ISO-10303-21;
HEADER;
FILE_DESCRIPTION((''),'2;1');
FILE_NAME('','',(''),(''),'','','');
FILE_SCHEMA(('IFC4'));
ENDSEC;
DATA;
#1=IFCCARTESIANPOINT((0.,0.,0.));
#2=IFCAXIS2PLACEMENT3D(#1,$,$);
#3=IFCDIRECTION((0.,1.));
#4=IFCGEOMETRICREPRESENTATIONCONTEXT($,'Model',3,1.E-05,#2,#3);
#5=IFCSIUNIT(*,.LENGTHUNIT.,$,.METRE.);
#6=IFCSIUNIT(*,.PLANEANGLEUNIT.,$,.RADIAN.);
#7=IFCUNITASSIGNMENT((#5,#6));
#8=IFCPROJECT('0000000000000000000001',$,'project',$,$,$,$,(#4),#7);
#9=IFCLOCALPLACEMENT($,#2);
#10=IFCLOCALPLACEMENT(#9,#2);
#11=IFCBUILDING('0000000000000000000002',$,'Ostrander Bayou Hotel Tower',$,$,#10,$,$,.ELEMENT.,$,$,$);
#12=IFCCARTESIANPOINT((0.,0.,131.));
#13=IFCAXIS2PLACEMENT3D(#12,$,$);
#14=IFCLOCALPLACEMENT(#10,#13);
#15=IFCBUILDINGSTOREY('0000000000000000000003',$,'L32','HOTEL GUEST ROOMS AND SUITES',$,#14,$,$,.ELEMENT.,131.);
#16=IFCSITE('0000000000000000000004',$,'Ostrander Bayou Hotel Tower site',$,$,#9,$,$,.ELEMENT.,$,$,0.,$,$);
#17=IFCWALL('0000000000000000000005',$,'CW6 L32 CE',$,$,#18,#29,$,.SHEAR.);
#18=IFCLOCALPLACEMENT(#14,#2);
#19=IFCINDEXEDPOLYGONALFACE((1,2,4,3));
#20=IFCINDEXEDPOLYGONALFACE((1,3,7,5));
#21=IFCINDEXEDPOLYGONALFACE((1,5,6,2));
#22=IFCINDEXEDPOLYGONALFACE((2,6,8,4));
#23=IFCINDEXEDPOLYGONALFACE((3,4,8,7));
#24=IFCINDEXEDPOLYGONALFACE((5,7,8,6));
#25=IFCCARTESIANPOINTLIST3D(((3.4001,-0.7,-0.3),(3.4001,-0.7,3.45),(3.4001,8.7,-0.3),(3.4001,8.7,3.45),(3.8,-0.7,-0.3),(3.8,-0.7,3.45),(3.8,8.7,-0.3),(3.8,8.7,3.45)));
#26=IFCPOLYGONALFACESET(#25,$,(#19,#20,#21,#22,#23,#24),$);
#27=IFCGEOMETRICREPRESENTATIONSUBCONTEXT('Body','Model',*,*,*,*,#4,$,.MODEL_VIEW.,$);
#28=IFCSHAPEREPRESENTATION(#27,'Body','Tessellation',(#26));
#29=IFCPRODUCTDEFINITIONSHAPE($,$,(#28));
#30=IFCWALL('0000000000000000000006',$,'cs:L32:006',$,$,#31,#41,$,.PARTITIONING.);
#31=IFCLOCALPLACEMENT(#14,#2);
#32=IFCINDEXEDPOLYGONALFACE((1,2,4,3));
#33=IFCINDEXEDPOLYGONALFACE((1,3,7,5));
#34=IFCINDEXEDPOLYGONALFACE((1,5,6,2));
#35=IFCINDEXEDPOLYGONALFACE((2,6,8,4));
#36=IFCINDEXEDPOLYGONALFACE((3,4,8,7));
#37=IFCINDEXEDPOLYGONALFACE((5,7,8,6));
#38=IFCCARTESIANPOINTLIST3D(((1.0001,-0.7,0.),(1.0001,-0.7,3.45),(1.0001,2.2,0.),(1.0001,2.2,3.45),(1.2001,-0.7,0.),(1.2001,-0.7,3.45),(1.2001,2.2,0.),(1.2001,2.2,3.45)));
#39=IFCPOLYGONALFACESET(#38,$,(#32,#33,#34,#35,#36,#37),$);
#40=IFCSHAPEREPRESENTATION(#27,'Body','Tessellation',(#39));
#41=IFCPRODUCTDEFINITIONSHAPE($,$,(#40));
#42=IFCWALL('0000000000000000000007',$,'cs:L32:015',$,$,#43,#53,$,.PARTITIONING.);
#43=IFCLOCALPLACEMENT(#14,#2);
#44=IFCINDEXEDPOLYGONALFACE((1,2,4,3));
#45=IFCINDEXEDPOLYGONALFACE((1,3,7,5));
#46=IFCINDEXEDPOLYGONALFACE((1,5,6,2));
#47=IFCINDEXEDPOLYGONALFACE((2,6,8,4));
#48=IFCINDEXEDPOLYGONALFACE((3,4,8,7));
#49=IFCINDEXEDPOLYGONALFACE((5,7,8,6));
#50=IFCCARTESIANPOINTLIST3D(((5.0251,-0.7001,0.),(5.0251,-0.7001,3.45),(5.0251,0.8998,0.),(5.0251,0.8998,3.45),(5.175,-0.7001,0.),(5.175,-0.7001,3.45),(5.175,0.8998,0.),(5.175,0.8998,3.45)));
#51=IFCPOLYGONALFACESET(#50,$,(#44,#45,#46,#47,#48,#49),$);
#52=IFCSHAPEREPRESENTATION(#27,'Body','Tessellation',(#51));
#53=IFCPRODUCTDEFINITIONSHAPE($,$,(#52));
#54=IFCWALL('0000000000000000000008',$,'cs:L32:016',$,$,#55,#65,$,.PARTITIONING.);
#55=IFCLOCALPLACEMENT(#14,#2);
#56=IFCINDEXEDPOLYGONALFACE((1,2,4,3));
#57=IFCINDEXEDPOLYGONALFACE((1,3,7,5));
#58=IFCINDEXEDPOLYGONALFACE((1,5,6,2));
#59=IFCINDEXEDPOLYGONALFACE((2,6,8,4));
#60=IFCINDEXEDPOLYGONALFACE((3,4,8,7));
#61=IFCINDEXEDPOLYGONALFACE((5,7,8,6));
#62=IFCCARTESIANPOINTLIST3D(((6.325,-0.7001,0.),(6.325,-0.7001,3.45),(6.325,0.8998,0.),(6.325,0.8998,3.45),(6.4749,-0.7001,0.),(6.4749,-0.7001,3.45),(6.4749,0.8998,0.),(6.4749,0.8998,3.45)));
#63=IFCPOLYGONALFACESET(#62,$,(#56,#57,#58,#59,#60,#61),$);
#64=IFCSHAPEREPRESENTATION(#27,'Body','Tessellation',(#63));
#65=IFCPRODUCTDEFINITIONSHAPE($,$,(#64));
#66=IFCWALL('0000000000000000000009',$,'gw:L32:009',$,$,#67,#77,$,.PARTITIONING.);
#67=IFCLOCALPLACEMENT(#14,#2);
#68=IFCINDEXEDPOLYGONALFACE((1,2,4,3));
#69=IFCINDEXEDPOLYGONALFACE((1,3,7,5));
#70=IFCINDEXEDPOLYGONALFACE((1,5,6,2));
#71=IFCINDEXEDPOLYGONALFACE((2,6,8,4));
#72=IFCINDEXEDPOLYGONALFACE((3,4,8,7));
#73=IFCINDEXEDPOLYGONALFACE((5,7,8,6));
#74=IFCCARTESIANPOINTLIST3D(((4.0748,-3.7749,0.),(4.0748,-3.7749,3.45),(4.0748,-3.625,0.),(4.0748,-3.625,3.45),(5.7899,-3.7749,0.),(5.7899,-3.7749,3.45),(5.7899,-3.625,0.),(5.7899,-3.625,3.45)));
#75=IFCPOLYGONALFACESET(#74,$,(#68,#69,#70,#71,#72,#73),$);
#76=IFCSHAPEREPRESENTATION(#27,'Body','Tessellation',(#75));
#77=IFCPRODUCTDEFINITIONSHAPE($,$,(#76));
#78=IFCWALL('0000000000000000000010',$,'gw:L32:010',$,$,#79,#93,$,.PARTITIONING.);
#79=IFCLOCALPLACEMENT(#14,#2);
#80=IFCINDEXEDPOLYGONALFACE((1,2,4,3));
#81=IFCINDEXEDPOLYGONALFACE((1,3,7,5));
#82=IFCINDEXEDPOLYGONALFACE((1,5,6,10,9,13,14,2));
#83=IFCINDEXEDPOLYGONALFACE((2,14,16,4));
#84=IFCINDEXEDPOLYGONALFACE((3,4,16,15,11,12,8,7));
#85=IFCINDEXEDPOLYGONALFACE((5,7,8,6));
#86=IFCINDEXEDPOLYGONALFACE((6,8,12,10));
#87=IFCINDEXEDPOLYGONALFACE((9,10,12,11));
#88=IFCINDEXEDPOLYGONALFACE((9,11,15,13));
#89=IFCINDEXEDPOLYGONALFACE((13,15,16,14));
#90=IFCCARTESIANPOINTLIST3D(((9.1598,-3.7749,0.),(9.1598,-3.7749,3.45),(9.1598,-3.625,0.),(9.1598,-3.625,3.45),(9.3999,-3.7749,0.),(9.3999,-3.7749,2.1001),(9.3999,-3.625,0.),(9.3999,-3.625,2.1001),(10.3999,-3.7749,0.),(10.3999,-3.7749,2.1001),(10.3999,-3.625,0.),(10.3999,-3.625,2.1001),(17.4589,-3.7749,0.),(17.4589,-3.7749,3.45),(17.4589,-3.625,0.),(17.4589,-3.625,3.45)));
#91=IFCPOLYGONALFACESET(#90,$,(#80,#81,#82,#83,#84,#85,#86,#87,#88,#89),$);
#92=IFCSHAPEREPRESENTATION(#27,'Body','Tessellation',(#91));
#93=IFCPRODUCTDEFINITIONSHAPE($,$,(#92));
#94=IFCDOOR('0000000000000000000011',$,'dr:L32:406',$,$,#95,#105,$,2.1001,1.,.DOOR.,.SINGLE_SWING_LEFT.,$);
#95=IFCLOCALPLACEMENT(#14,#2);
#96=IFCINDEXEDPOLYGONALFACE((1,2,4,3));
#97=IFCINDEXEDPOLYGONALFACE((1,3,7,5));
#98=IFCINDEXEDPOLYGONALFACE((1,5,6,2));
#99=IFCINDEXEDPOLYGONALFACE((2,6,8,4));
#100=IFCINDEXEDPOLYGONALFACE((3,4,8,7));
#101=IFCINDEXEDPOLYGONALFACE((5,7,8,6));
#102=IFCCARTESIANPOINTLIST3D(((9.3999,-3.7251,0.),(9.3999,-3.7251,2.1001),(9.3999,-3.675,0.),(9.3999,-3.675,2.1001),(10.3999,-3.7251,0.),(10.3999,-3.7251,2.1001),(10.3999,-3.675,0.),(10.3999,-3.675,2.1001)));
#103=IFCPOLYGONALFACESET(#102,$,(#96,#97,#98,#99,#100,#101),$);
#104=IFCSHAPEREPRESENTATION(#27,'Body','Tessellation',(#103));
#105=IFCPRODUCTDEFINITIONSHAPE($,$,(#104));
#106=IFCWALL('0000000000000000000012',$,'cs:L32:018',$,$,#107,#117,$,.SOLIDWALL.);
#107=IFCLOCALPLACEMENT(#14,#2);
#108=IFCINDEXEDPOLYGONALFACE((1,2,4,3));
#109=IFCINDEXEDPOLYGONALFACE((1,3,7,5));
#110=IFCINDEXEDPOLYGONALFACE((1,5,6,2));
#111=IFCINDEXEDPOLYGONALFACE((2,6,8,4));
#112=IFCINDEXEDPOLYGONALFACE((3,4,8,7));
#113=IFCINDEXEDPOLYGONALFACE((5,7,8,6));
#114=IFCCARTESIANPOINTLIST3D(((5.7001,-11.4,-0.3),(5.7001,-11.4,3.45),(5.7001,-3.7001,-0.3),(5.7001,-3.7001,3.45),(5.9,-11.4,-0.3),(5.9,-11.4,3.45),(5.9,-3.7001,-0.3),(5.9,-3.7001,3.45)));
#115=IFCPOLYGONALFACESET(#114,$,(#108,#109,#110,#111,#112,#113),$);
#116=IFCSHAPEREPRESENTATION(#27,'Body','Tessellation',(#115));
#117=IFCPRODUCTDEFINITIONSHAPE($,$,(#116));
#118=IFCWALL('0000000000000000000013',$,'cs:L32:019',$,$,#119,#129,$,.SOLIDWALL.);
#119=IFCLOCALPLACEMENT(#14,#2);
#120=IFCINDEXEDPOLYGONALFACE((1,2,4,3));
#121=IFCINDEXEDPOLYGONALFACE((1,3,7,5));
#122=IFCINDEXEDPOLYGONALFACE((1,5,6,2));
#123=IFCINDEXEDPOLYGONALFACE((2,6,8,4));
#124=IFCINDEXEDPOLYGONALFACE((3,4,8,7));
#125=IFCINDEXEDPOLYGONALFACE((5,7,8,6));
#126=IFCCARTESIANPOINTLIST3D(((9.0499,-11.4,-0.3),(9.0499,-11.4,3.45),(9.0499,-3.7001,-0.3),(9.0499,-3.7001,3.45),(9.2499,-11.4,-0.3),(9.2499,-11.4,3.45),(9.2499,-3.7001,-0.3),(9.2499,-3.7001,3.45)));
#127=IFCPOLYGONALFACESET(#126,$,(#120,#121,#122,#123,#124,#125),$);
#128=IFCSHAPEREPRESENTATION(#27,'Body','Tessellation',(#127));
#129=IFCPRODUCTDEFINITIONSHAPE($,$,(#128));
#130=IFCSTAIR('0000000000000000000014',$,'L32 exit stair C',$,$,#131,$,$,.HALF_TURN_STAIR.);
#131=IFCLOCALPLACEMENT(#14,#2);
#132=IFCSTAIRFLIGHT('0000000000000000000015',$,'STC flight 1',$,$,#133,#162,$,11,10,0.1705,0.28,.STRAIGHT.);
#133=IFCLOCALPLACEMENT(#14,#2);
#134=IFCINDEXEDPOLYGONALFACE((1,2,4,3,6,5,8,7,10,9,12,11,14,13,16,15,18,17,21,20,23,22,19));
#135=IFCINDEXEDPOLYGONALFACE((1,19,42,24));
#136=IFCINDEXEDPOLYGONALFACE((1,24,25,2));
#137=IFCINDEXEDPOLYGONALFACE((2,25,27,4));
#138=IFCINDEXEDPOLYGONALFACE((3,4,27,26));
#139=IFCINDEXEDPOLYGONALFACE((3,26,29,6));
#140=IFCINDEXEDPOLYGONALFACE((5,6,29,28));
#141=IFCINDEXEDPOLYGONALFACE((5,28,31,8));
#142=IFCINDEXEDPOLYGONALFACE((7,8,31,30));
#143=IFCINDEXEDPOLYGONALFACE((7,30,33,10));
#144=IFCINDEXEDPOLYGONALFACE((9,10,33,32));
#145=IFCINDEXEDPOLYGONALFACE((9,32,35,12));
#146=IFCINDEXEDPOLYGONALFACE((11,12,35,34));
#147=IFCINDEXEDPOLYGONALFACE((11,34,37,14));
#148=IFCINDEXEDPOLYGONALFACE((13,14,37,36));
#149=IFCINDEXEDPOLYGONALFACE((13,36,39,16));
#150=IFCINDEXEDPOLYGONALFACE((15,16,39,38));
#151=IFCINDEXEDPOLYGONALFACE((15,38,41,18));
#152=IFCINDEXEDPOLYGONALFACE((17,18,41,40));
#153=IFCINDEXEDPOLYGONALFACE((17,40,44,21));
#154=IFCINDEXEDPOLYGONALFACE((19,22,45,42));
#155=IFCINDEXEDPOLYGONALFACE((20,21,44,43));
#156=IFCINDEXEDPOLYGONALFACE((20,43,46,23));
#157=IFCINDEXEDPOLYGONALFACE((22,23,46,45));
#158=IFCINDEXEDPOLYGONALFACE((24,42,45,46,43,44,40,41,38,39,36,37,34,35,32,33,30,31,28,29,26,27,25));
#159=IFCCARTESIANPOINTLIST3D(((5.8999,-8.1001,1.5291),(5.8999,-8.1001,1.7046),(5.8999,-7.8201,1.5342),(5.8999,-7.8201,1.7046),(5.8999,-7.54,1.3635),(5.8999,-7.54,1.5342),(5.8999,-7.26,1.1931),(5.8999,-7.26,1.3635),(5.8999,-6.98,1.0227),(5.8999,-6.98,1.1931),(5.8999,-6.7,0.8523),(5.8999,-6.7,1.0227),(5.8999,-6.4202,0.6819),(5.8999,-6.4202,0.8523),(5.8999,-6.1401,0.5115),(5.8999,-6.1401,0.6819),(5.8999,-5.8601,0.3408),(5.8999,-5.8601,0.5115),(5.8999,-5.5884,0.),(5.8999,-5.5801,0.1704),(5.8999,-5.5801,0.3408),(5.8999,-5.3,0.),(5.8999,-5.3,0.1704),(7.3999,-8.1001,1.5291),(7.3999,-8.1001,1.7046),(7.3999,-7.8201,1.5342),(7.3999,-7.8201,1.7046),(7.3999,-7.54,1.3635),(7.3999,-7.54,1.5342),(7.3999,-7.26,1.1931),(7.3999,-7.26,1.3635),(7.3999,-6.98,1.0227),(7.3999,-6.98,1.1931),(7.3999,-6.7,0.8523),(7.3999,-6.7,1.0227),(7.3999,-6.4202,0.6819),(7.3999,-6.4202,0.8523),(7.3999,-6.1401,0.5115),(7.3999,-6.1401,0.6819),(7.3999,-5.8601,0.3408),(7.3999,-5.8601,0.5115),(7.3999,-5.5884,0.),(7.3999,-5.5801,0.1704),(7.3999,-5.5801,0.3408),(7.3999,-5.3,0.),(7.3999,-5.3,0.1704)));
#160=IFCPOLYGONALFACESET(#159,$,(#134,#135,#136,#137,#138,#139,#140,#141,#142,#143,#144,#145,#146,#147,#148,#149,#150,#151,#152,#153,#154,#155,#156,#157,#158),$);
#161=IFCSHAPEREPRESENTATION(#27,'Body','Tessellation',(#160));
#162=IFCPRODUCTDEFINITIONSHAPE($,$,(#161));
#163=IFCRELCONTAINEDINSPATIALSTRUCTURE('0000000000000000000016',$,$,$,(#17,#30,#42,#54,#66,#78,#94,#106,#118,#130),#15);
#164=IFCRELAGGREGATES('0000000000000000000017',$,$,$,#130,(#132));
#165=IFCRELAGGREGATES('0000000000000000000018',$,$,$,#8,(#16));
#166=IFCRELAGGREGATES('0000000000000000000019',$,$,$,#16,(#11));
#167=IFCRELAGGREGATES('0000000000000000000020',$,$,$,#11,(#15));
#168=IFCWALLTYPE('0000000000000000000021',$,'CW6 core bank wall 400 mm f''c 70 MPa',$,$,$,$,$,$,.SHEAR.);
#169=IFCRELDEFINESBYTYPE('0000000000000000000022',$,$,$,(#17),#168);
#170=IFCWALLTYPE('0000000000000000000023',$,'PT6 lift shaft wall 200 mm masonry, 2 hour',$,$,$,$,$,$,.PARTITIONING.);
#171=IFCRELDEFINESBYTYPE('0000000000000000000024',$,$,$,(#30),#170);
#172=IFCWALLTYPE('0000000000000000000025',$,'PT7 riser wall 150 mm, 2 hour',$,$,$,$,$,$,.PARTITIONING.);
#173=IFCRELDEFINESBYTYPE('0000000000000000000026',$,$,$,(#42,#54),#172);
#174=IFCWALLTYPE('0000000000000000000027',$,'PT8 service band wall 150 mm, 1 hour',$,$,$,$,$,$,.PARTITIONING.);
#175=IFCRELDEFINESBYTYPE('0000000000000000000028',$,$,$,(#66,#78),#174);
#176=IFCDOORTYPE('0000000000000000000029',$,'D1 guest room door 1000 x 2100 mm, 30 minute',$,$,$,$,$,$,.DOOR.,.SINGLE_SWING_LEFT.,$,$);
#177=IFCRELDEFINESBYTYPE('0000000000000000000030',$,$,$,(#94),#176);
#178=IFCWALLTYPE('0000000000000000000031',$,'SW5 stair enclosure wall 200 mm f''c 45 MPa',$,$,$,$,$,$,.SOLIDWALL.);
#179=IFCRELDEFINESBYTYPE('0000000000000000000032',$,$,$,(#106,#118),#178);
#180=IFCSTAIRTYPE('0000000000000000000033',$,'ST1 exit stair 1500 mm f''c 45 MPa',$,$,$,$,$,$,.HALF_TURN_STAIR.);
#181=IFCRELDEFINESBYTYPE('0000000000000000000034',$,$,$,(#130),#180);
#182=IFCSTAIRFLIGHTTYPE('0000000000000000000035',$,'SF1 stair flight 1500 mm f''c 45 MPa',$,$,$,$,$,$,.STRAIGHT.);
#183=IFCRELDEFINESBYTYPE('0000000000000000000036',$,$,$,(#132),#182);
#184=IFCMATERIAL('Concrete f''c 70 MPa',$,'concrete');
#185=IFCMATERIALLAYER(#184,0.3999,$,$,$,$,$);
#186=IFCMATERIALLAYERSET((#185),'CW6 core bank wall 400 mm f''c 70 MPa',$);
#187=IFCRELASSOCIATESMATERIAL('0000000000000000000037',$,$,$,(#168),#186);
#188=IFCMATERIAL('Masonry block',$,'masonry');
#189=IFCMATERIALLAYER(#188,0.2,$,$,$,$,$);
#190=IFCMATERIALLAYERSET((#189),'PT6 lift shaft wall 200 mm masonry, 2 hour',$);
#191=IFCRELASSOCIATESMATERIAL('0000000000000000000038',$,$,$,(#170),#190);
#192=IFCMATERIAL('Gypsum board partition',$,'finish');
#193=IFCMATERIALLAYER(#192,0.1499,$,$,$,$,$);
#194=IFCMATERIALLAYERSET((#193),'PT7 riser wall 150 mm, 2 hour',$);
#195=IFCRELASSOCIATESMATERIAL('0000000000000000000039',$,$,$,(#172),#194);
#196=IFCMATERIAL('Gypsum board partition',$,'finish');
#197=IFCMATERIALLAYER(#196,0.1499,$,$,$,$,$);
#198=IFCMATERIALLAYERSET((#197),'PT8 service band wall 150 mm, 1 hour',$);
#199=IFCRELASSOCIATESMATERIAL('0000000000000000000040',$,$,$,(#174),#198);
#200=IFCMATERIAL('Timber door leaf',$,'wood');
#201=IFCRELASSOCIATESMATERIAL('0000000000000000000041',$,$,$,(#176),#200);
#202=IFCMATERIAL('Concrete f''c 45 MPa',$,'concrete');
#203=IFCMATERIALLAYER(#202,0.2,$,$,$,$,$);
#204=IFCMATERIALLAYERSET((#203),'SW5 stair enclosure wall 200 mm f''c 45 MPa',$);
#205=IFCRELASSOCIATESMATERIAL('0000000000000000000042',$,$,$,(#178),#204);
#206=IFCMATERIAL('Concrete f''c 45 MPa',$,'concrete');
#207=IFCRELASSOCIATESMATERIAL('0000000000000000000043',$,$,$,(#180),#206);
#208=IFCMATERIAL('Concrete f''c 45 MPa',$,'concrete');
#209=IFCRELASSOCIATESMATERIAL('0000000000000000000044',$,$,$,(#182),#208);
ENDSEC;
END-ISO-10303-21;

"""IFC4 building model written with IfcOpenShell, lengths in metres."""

from ifc_helpers import new_model, si_unit, direction, frame, frame_2d, origin, place, context, subcontext, project, spatial, polyline, rectangle, outline, extrude, material, layer, layer_set, type_object, element, fill, aggregate, save


model = new_model("IFC4")

# Units and contexts
model_context = context("Model", 3, precision=1e-05, world=origin(), true_north=direction((0.0, 1.0)))
body_context = subcontext(model_context, "Body", "Model", "MODEL_VIEW")
ifc_project = project(units=[si_unit("LENGTHUNIT", "METRE"), si_unit("PLANEANGLEUNIT", "RADIAN")], contexts=[model_context])

# Site, building, storey
site_placement = place(None, origin())
site = spatial("IfcSite", under=ifc_project, at=site_placement, Name="Ostrander Bayou Hotel Tower site", CompositionType="ELEMENT", RefElevation=0.0)
building_placement = place(site_placement, origin())
building = spatial("IfcBuilding", under=site, at=building_placement, Name="Ostrander Bayou Hotel Tower", CompositionType="ELEMENT")
storey_placement = place(building_placement, frame((0.0, 0.0, 131.0)))
storey = spatial("IfcBuildingStorey", under=building, at=storey_placement, Name="L32", Description="HOTEL GUEST ROOMS AND SUITES", CompositionType="ELEMENT", Elevation=131.0)

# Walls
ifc_material_1 = material(Name="Concrete f'c 70 MPa", Category="concrete")
ifc_layer_1 = layer(ifc_material_1, 0.3999)
ifc_layer_set_1 = layer_set([ifc_layer_1], Name="CW6 core bank wall 400 mm f'c 70 MPa")
wall_type_1 = type_object("IfcWallType", Name="CW6 core bank wall 400 mm f'c 70 MPa", PredefinedType="SHEAR", material=ifc_layer_set_1)
wall_1_placement = place(storey_placement, frame((3.6001, -0.7, -0.3), z_axis=(0.0, 0.0, 1.0), x_axis=(0.0, 1.0, 0.0)))
element("IfcWall", 1, at=wall_1_placement, inside=storey, type_object=wall_type_1, Name="CW6 L32 CE", PredefinedType="SHEAR", context=body_context, shape_type="SweptSolid", body=[
    extrude(rectangle(XDim=9.3999, YDim=0.3999, at=frame_2d((4.7, 0.0))), origin(), (0.0, 0.0, 1.0), 3.75),
])
ifc_material_2 = material(Name="Masonry block", Category="masonry")
ifc_layer_2 = layer(ifc_material_2, 0.2)
ifc_layer_set_2 = layer_set([ifc_layer_2], Name="PT6 lift shaft wall 200 mm masonry, 2 hour")
wall_type_2 = type_object("IfcWallType", Name="PT6 lift shaft wall 200 mm masonry, 2 hour", PredefinedType="PARTITIONING", material=ifc_layer_set_2)
wall_2_placement = place(storey_placement, frame((1.1001, -0.7, 0.0), z_axis=(0.0, 0.0, 1.0), x_axis=(0.0, 1.0, 0.0)))
element("IfcWall", 2, at=wall_2_placement, inside=storey, type_object=wall_type_2, Name="cs:L32:006", PredefinedType="PARTITIONING", context=body_context, shape_type="SweptSolid", body=[
    extrude(rectangle(XDim=2.8999, YDim=0.2, at=frame_2d((1.45, 0.0))), origin(), (0.0, 0.0, 1.0), 3.45),
])
ifc_material_3 = material(Name="Gypsum board partition", Category="finish")
ifc_layer_3 = layer(ifc_material_3, 0.1499)
ifc_layer_set_3 = layer_set([ifc_layer_3], Name="PT7 riser wall 150 mm, 2 hour")
wall_type_3 = type_object("IfcWallType", Name="PT7 riser wall 150 mm, 2 hour", PredefinedType="PARTITIONING", material=ifc_layer_set_3)
for number, where, z_axis, x_axis, name in (
    (3, (5.1001, -0.7, 0.0), (0.0, 0.0, 1.0), (0.0, 1.0, 0.0), "cs:L32:015"),
    (4, (6.3999, -0.7, 0.0), (0.0, 0.0, 1.0), (0.0, 1.0, 0.0), "cs:L32:016"),
):
    element("IfcWall", number, at=place(storey_placement, frame(where, z_axis=z_axis, x_axis=x_axis)), inside=storey, type_object=wall_type_3, Name=name, PredefinedType="PARTITIONING", context=body_context, shape_type="SweptSolid", body=[
        extrude(rectangle(XDim=1.5999, YDim=0.1499, at=frame_2d((0.7998, 0.0))), origin(), (0.0, 0.0, 1.0), 3.45),
    ])
ifc_material_4 = material(Name="Gypsum board partition", Category="finish")
ifc_layer_4 = layer(ifc_material_4, 0.1499)
ifc_layer_set_4 = layer_set([ifc_layer_4], Name="PT8 service band wall 150 mm, 1 hour")
wall_type_4 = type_object("IfcWallType", Name="PT8 service band wall 150 mm, 1 hour", PredefinedType="PARTITIONING", material=ifc_layer_set_4)
wall_3_placement = place(storey_placement, frame((4.075, -3.7, 0.0), z_axis=(0.0, 0.0, 1.0), x_axis=(1.0, 0.0, 0.0)))
element("IfcWall", 5, at=wall_3_placement, inside=storey, type_object=wall_type_4, Name="gw:L32:009", PredefinedType="PARTITIONING", context=body_context, shape_type="SweptSolid", body=[
    extrude(rectangle(XDim=1.7151, YDim=0.1499, at=frame_2d((0.8574, 0.0))), origin(), (0.0, 0.0, 1.0), 3.45),
])

# Wall, opening, door
wall_4_placement = place(storey_placement, frame((9.1599, -3.7, 0.0), z_axis=(0.0, 0.0, 1.0), x_axis=(1.0, 0.0, 0.0)))
wall_4 = element("IfcWall", 6, at=wall_4_placement, inside=storey, type_object=wall_type_4, Name="gw:L32:010", PredefinedType="PARTITIONING", context=body_context, shape_type="SweptSolid", body=[
    extrude(rectangle(XDim=8.2991, YDim=0.1499, at=frame_2d((4.1494, 0.0))), origin(), (0.0, 0.0, 1.0), 3.45),
])
opening_1_placement = place(wall_4_placement, frame((0.24, 0.0, 0.0)))
opening_1 = element("IfcOpeningElement", 7, at=opening_1_placement, cuts=wall_4, PredefinedType="OPENING", context=body_context, shape_type="SweptSolid", body=[
    extrude(rectangle(XDim=1.0, YDim=2.1001, at=frame_2d((0.5, 1.05))), frame((0.0, 0.075, 0.0), z_axis=(0.0, -1.0, 0.0), x_axis=(1.0, 0.0, 0.0)), (0.0, 0.0, 1.0), 0.1499),
])
ifc_material_5 = material(Name="Timber door leaf", Category="wood")
door_type_1 = type_object("IfcDoorType", Name="D1 guest room door 1000 x 2100 mm, 30 minute", OperationType="SINGLE_SWING_LEFT", PredefinedType="DOOR", material=ifc_material_5)
door_1_placement = place(opening_1_placement, origin())
door_1 = element("IfcDoor", 8, at=door_1_placement, inside=storey, type_object=door_type_1, Name="dr:L32:406", OperationType="SINGLE_SWING_LEFT", OverallHeight=2.1001, OverallWidth=1.0, PredefinedType="DOOR", context=body_context, shape_type="SweptSolid", body=[
    extrude(rectangle(XDim=1.0, YDim=2.1001, at=frame_2d((0.5, 1.05))), frame((0.0, 0.0249, 0.0), z_axis=(0.0, -1.0, 0.0), x_axis=(1.0, 0.0, 0.0)), (0.0, 0.0, 1.0), 0.05),
])
fill(opening_1, door_1)
ifc_material_6 = material(Name="Concrete f'c 45 MPa", Category="concrete")
ifc_layer_5 = layer(ifc_material_6, 0.2)
ifc_layer_set_5 = layer_set([ifc_layer_5], Name="SW5 stair enclosure wall 200 mm f'c 45 MPa")
wall_type_5 = type_object("IfcWallType", Name="SW5 stair enclosure wall 200 mm f'c 45 MPa", PredefinedType="SOLIDWALL", material=ifc_layer_set_5)

# Walls
for number, where, z_axis, x_axis, name in (
    (9, (5.8, -3.7, -0.3), (0.0, 0.0, 1.0), (0.0, -1.0, 0.0), "cs:L32:018"),
    (10, (9.1499, -3.7, -0.3), (0.0, 0.0, 1.0), (0.0, -1.0, 0.0), "cs:L32:019"),
):
    element("IfcWall", number, at=place(storey_placement, frame(where, z_axis=z_axis, x_axis=x_axis)), inside=storey, type_object=wall_type_5, Name=name, PredefinedType="SOLIDWALL", context=body_context, shape_type="SweptSolid", body=[
        extrude(rectangle(XDim=7.7, YDim=0.2, at=frame_2d((3.8501, 0.0))), origin(), (0.0, 0.0, 1.0), 3.75),
    ])

# Stair, stair flight
ifc_material_7 = material(Name="Concrete f'c 45 MPa", Category="concrete")
stair_type = type_object("IfcStairType", Name="ST1 exit stair 1500 mm f'c 45 MPa", PredefinedType="HALF_TURN_STAIR", material=ifc_material_7)
stair_placement = place(storey_placement, origin())
stair = element("IfcStair", 11, at=stair_placement, inside=storey, type_object=stair_type, Name="L32 exit stair C", PredefinedType="HALF_TURN_STAIR")
ifc_material_8 = material(Name="Concrete f'c 45 MPa", Category="concrete")
stair_flight_type = type_object("IfcStairFlightType", Name="SF1 stair flight 1500 mm f'c 45 MPa", PredefinedType="STRAIGHT", material=ifc_material_8)
stair_flight_1_placement = place(storey_placement, frame((6.6499, -5.3, 0.0), z_axis=(0.0, 0.0, 1.0), x_axis=(0.0, -1.0, 0.0)))
stair_flight_1 = element("IfcStairFlight", 12, at=stair_flight_1_placement, type_object=stair_flight_type, Name="STC flight 1", NumberOfRisers=11, NumberOfTreads=10, PredefinedType="STRAIGHT", RiserHeight=0.1705, TreadLength=0.28, context=body_context, shape_type="SweptSolid", body=[
    extrude(outline(polyline([(0.0, 0.0), (0.0, 0.1704), (0.28, 0.1704), (0.28, 0.3408), (0.5601, 0.3408), (0.5601, 0.5115), (0.8401, 0.5115), (0.8401, 0.6819), (1.1201, 0.6819), (1.1201, 0.8523), (1.3999, 0.8523), (1.3999, 1.0227), (1.6799, 1.0227), (1.6799, 1.1931), (1.96, 1.1931), (1.96, 1.3635), (2.24, 1.3635), (2.24, 1.5342), (2.52, 1.5342), (2.52, 1.7046), (2.8, 1.7046), (2.8, 1.875), (2.8, 1.5291), (0.2883, 0.0), (0.0, 0.0)])), frame((0.0, 0.75, 0.0), z_axis=(0.0, -1.0, 0.0), x_axis=(1.0, 0.0, 0.0)), (0.0, 0.0, 1.0), 1.5),
])
aggregate(stair, [stair_flight_1])

save(model, "model.ifc")
